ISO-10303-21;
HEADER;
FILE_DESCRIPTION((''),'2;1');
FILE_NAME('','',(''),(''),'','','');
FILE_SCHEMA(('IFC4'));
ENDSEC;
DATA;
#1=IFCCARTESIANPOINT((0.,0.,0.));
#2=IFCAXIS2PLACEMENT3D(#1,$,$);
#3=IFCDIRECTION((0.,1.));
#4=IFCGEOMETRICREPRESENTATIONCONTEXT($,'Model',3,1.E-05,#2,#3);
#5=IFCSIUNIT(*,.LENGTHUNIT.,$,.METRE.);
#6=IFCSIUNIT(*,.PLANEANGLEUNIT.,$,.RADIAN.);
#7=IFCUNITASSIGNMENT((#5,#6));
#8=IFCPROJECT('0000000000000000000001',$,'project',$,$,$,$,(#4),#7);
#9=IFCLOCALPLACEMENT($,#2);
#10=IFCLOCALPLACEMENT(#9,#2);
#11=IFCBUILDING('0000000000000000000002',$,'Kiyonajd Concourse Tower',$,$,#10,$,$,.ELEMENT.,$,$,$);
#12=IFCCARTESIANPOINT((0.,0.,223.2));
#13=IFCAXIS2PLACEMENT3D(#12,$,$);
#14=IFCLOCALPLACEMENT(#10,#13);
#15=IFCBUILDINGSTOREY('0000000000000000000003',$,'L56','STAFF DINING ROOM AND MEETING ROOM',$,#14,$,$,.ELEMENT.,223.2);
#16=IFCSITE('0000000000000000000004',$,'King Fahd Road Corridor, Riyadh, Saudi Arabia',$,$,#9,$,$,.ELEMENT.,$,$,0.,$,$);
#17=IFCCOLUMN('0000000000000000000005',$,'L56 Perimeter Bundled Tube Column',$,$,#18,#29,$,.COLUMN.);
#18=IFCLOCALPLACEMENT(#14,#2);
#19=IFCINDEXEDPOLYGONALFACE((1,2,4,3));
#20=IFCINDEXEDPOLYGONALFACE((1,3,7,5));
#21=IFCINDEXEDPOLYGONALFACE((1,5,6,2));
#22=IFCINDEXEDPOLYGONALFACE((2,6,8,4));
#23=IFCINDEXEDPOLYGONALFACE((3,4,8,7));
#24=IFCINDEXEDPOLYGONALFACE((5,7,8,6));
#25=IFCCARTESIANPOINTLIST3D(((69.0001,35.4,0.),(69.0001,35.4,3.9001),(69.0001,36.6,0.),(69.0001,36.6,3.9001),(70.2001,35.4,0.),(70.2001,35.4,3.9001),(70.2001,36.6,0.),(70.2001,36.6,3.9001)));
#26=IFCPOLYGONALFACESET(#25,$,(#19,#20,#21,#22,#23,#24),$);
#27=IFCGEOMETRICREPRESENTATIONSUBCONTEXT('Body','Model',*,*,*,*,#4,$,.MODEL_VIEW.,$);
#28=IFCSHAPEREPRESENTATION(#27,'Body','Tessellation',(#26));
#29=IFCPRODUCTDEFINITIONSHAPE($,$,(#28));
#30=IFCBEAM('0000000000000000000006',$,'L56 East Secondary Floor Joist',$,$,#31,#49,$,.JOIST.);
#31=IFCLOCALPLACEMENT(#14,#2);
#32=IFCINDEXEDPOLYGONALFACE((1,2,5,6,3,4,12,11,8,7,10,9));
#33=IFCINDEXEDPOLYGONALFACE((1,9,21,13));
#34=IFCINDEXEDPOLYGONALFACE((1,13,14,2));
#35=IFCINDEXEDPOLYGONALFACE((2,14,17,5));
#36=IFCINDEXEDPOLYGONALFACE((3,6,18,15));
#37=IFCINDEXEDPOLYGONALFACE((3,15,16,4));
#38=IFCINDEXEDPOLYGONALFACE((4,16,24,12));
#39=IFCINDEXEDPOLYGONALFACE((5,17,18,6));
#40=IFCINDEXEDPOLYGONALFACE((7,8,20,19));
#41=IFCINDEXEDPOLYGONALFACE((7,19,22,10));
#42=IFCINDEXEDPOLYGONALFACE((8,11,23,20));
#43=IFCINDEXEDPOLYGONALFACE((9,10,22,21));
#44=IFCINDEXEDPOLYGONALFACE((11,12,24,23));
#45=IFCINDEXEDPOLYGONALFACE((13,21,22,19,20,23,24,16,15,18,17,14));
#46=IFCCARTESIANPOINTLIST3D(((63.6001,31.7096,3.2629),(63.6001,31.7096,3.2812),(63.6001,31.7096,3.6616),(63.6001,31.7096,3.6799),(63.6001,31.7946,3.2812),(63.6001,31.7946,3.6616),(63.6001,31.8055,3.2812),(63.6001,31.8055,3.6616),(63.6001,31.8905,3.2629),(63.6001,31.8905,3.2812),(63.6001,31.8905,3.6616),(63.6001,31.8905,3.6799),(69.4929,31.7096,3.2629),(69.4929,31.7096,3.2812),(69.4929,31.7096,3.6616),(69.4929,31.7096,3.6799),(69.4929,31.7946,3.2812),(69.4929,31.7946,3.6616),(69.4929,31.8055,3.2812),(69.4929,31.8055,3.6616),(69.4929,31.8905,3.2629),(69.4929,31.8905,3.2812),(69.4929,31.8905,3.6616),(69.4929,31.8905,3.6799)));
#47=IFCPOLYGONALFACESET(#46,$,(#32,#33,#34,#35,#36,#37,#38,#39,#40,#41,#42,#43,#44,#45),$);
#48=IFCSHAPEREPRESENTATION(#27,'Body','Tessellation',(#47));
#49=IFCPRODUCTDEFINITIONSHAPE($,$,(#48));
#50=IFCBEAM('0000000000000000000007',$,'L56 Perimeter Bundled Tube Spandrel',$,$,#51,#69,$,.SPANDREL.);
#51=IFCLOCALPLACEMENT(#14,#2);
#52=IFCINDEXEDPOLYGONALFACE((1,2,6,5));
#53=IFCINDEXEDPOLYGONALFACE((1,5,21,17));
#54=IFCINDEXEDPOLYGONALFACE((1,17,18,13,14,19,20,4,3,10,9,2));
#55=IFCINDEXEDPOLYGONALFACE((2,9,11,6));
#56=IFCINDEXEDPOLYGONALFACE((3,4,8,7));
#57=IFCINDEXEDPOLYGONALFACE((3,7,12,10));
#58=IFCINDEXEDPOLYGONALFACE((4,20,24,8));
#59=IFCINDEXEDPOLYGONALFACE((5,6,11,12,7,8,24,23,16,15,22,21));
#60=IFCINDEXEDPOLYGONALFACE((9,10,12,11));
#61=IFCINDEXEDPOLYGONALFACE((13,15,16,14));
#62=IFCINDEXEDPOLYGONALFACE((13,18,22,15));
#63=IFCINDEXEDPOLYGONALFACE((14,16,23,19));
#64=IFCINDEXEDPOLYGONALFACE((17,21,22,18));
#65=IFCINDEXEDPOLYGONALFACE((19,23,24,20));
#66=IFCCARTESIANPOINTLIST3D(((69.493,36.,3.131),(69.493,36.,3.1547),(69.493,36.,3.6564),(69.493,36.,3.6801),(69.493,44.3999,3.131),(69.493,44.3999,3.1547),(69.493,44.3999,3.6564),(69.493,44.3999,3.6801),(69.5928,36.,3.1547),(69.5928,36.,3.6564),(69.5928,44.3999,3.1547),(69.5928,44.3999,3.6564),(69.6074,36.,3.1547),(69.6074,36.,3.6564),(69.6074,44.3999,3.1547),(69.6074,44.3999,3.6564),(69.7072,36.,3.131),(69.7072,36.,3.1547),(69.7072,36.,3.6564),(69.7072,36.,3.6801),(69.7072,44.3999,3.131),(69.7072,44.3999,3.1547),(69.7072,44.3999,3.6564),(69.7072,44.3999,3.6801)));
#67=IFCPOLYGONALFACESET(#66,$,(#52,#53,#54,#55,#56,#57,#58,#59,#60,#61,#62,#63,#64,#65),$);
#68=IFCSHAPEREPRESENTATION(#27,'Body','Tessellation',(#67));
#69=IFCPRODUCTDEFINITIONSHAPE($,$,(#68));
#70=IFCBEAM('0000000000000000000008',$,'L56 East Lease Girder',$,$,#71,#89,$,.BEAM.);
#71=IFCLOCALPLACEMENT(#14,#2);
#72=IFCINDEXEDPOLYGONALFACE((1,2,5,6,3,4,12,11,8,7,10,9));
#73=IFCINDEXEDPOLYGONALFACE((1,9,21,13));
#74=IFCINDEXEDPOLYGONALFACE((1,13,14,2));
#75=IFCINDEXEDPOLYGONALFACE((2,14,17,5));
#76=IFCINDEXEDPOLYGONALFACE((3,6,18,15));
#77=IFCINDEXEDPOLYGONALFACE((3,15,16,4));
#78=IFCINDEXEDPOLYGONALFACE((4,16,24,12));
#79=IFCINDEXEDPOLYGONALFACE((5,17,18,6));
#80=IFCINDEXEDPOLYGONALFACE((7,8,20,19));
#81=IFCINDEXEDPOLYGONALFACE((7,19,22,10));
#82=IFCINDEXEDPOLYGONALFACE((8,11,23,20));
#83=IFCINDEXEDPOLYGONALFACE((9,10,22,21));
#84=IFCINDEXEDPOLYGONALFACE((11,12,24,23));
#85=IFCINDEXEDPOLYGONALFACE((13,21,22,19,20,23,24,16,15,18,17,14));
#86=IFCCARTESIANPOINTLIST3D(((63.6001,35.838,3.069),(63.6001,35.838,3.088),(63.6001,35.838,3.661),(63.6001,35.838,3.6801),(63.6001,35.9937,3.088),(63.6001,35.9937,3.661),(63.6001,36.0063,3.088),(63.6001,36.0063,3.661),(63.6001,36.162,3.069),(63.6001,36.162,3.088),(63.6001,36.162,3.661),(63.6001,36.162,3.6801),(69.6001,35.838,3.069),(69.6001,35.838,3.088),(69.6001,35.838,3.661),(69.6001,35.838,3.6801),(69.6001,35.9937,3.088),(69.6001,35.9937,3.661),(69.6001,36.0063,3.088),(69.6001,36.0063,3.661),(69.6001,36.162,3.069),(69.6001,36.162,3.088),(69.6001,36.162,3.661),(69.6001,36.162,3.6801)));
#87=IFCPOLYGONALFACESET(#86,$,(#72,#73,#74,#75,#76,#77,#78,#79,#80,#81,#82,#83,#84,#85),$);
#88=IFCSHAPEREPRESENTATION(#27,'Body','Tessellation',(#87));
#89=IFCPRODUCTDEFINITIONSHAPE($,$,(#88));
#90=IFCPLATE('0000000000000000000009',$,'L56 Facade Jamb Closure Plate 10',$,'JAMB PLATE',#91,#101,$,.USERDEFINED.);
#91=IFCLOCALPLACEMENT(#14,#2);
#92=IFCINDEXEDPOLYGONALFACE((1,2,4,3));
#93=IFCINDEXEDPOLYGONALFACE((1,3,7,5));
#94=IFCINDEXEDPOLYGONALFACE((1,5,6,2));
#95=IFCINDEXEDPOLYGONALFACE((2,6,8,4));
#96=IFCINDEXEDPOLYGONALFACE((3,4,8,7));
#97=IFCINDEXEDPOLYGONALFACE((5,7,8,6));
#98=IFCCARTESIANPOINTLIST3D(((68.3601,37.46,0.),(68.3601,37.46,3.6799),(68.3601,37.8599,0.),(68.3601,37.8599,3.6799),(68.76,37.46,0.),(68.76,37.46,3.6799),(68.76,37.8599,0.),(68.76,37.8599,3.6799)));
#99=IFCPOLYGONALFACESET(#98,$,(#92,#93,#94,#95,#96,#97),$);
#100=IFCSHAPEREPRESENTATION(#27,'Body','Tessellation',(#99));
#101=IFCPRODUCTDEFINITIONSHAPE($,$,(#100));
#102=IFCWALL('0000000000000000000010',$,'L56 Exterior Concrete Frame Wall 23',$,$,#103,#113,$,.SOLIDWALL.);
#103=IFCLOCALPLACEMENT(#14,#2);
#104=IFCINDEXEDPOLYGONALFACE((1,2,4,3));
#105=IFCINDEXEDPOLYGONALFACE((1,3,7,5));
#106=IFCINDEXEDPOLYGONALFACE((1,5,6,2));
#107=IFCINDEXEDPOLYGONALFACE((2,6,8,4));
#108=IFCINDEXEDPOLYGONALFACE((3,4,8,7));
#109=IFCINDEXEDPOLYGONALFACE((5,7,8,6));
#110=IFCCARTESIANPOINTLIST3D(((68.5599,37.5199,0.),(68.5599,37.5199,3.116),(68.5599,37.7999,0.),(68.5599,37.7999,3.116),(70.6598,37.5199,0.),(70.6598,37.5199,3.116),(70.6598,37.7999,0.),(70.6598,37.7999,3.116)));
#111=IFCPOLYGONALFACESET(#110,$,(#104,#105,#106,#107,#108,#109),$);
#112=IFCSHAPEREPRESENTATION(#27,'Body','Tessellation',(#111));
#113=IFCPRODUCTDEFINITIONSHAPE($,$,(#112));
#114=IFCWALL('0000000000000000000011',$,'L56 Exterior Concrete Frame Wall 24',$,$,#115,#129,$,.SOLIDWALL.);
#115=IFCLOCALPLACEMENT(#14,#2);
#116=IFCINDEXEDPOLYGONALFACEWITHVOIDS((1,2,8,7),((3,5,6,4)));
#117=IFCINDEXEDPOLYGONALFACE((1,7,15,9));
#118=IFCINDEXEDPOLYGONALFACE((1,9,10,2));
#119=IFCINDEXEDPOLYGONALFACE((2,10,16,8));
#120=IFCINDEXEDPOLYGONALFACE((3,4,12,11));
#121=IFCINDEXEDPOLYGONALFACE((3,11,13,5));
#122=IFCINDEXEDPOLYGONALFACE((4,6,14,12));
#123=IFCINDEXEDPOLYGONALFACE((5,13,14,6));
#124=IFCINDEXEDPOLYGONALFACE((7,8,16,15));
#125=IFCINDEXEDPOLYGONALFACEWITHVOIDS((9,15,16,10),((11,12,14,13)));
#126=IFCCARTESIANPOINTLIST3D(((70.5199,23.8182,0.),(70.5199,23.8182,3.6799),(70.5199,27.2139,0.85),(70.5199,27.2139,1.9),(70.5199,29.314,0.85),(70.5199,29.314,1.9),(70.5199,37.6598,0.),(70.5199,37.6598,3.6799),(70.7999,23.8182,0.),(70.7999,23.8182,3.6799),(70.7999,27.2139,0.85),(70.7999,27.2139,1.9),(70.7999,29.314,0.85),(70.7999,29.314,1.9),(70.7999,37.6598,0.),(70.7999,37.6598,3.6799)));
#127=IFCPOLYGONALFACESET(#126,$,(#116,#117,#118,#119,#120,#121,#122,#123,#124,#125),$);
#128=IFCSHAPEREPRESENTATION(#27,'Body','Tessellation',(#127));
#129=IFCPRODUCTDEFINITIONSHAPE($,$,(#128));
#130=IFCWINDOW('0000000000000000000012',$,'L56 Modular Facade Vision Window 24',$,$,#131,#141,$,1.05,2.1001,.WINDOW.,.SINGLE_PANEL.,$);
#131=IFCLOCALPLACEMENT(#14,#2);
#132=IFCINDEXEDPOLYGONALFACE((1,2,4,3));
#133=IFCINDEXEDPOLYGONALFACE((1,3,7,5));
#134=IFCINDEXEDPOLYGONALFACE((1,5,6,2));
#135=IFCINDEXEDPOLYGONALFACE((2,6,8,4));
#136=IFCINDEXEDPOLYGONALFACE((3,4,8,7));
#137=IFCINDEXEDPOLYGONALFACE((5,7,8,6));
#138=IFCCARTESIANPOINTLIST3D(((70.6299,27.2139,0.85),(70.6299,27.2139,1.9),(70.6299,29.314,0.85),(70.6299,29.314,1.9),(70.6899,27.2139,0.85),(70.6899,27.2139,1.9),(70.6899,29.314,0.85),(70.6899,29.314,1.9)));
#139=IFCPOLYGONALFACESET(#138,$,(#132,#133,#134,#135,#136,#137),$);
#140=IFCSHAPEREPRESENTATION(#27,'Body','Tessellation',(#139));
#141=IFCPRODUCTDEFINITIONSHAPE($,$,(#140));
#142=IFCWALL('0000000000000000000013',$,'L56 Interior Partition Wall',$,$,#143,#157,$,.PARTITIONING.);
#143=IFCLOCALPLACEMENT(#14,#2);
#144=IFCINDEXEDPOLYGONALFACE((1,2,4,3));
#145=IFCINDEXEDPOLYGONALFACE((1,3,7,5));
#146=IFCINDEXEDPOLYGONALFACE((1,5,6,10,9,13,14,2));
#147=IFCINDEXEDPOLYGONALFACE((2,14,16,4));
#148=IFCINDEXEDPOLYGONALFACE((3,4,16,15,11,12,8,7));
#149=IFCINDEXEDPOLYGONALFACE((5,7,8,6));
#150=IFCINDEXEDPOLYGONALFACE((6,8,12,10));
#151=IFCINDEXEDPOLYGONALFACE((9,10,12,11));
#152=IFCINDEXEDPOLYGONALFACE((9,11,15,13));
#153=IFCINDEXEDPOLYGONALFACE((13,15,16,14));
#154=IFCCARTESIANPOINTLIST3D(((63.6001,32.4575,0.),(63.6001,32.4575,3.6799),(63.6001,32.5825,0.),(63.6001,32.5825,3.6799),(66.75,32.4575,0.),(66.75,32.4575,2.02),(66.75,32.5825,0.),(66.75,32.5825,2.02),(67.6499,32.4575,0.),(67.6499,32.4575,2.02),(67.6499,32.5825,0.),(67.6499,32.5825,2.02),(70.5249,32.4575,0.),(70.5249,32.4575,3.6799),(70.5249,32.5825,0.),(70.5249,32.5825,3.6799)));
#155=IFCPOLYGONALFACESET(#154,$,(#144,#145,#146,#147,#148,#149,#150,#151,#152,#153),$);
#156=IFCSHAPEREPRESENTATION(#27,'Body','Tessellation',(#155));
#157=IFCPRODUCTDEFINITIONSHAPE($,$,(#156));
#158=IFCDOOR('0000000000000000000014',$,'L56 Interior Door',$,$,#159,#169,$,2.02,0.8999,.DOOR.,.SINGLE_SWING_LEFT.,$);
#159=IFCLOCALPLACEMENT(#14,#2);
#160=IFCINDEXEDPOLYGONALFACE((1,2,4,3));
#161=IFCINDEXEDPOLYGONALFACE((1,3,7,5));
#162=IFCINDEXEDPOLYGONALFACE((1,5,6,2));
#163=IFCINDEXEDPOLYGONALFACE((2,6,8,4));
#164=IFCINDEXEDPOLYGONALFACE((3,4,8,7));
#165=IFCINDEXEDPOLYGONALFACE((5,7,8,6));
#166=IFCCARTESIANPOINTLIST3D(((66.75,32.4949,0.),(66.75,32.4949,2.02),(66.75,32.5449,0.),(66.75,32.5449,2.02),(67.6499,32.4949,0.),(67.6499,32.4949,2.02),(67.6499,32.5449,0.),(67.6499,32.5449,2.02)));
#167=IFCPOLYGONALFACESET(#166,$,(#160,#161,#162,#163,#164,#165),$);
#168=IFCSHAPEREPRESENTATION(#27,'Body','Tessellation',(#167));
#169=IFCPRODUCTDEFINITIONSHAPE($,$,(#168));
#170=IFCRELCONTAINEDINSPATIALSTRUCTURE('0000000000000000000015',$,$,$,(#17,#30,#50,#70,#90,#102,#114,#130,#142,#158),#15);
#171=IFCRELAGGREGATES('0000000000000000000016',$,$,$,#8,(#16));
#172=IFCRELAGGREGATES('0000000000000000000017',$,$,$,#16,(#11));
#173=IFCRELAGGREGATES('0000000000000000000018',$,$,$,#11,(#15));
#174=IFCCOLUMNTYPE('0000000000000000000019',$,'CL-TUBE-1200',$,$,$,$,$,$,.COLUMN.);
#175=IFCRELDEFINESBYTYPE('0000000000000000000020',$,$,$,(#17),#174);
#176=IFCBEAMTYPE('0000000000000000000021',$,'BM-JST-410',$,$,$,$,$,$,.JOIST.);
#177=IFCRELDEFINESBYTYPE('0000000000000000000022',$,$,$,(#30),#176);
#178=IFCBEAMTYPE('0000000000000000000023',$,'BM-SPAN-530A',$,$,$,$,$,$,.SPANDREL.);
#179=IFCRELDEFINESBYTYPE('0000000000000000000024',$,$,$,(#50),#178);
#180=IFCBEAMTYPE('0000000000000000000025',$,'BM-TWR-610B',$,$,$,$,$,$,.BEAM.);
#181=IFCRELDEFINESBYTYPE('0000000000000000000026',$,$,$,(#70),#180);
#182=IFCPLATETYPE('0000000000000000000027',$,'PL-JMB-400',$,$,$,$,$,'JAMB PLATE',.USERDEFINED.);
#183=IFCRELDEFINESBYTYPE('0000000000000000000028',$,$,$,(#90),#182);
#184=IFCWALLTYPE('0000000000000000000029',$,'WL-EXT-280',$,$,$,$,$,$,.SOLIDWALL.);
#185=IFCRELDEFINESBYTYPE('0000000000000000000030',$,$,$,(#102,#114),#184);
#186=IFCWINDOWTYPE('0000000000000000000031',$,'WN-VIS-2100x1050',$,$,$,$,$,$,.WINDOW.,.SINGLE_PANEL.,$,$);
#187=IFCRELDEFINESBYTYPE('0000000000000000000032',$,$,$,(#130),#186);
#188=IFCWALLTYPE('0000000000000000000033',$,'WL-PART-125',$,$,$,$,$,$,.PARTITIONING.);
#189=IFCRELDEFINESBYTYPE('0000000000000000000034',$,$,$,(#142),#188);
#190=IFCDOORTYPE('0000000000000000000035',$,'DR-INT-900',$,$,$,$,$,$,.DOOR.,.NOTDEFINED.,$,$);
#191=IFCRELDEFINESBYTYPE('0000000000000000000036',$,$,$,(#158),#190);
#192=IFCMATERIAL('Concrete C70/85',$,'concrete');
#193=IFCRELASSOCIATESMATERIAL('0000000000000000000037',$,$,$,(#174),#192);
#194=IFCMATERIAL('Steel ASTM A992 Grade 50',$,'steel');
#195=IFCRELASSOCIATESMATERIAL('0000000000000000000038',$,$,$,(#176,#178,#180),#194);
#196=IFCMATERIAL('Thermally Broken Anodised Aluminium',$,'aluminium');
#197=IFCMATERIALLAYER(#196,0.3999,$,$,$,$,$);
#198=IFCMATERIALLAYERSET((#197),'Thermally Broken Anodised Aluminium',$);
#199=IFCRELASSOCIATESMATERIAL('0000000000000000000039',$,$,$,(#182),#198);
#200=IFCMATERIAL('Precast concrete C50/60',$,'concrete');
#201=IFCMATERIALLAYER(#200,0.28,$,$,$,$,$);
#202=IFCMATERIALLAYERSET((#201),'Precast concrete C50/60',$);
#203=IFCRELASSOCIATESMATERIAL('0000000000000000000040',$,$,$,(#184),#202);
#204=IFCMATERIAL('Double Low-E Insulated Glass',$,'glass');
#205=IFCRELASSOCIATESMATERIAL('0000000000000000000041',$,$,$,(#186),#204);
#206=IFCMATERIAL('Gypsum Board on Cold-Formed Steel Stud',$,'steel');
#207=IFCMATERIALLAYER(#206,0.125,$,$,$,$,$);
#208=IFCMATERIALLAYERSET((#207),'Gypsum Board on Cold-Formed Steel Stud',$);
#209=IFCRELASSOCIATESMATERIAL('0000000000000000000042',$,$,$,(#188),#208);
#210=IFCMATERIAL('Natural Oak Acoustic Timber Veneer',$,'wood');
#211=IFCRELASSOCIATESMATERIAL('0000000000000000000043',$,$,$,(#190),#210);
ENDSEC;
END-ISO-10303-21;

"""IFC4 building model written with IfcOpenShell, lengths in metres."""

from ifc_helpers import new_model, si_unit, direction, frame, frame_2d, origin, origin_2d, place, context, subcontext, project, spatial, rectangle, i_section, extrude, material, layer, layer_set, material_profile, profile_set, type_object, element, fill, save


model = new_model("IFC4")

# Units and contexts
model_context = context("Model", 3, precision=1e-05, world=origin(), true_north=direction((0.0, 1.0)))
body_context = subcontext(model_context, "Body", "Model", "MODEL_VIEW")
ifc_project = project(units=[si_unit("LENGTHUNIT", "METRE"), si_unit("PLANEANGLEUNIT", "RADIAN")], contexts=[model_context])

# Site, building, storey
site_placement = place(None, origin())
site = spatial("IfcSite", under=ifc_project, at=site_placement, Name="King Fahd Road Corridor, Riyadh, Saudi Arabia", CompositionType="ELEMENT", RefElevation=0.0)
building_placement = place(site_placement, origin())
building = spatial("IfcBuilding", under=site, at=building_placement, Name="Kiyonajd Concourse Tower", CompositionType="ELEMENT")
storey_placement = place(building_placement, frame((0.0, 0.0, 223.2)))
storey = spatial("IfcBuildingStorey", under=building, at=storey_placement, Name="L56", Description="STAFF DINING ROOM AND MEETING ROOM", CompositionType="ELEMENT", Elevation=223.2)

# Column
ifc_material_1 = material(Name="Concrete C70/85", Category="concrete")
ifc_material_profile_1 = material_profile(ifc_material_1, rectangle(XDim=1.2, YDim=1.2, at=origin_2d()), Name="RC-1200x1200")
ifc_profile_set_1 = profile_set([ifc_material_profile_1], Name="Concrete C70/85")
column_type = type_object("IfcColumnType", Name="CL-TUBE-1200", PredefinedType="COLUMN", material=ifc_profile_set_1)
column_placement = place(storey_placement, frame((69.6001, 36.0, 0.0), z_axis=(0.0, 0.0, 1.0), x_axis=(1.0, 0.0, 0.0)))
element("IfcColumn", 1, at=column_placement, inside=storey, type_object=column_type, Name="L56 Perimeter Bundled Tube Column", PredefinedType="COLUMN", context=body_context, shape_type="SweptSolid", body=[
    extrude(rectangle(XDim=1.2, YDim=1.2, at=origin_2d()), origin(), (0.0, 0.0, 1.0), 3.9001),
])

# Beams
ifc_material_2 = material(Name="Steel ASTM A992 Grade 50", Category="steel")
ifc_material_profile_2 = material_profile(ifc_material_2, i_section(OverallWidth=0.1809, OverallDepth=0.417, WebThickness=0.011, FlangeThickness=0.0183, at=origin_2d()), Name="W410X85")
ifc_profile_set_2 = profile_set([ifc_material_profile_2], Name="Steel ASTM A992 Grade 50")
beam_type_1 = type_object("IfcBeamType", Name="BM-JST-410", PredefinedType="JOIST", material=ifc_profile_set_2)
beam_1_placement = place(storey_placement, frame((63.6001, 31.8, 3.4714), z_axis=(1.0, 0.0, 0.0), x_axis=(0.0, 1.0, 0.0)))
element("IfcBeam", 2, at=beam_1_placement, inside=storey, type_object=beam_type_1, Name="L56 East Secondary Floor Joist", PredefinedType="JOIST", context=body_context, shape_type="SweptSolid", body=[
    extrude(i_section(OverallWidth=0.1809, OverallDepth=0.417, WebThickness=0.011, FlangeThickness=0.0183, at=origin_2d()), origin(), (0.0, 0.0, 1.0), 5.8928),
])
ifc_material_profile_3 = material_profile(ifc_material_2, i_section(OverallWidth=0.2141, OverallDepth=0.5491, WebThickness=0.0146, FlangeThickness=0.0237, at=origin_2d()), Name="W530X138")
ifc_profile_set_3 = profile_set([ifc_material_profile_3], Name="Steel ASTM A992 Grade 50")
beam_type_2 = type_object("IfcBeamType", Name="BM-SPAN-530A", PredefinedType="SPANDREL", material=ifc_profile_set_3)
beam_2_placement = place(storey_placement, frame((69.6001, 36.0, 3.4055), z_axis=(0.0, 1.0, 0.0), x_axis=(-1.0, 0.0, 0.0)))
element("IfcBeam", 3, at=beam_2_placement, inside=storey, type_object=beam_type_2, Name="L56 Perimeter Bundled Tube Spandrel", PredefinedType="SPANDREL", context=body_context, shape_type="SweptSolid", body=[
    extrude(i_section(OverallWidth=0.2141, OverallDepth=0.5491, WebThickness=0.0146, FlangeThickness=0.0237, at=origin_2d()), origin(), (0.0, 0.0, 1.0), 8.3999),
])
ifc_material_profile_4 = material_profile(ifc_material_2, i_section(OverallWidth=0.324, OverallDepth=0.6111, WebThickness=0.0127, FlangeThickness=0.019, at=origin_2d()), Name="W610X155")
ifc_profile_set_4 = profile_set([ifc_material_profile_4], Name="Steel ASTM A992 Grade 50")
beam_type_3 = type_object("IfcBeamType", Name="BM-TWR-610B", PredefinedType="BEAM", material=ifc_profile_set_4)
beam_3_placement = place(storey_placement, frame((63.6001, 36.0, 3.3745), z_axis=(1.0, 0.0, 0.0), x_axis=(0.0, 1.0, 0.0)))
element("IfcBeam", 4, at=beam_3_placement, inside=storey, type_object=beam_type_3, Name="L56 East Lease Girder", PredefinedType="BEAM", context=body_context, shape_type="SweptSolid", body=[
    extrude(i_section(OverallWidth=0.324, OverallDepth=0.6111, WebThickness=0.0127, FlangeThickness=0.019, at=origin_2d()), origin(), (0.0, 0.0, 1.0), 6.0),
])

# Plate
ifc_material_3 = material(Name="Thermally Broken Anodised Aluminium", Category="aluminium")
ifc_layer_1 = layer(ifc_material_3, 0.3999)
ifc_layer_set_1 = layer_set([ifc_layer_1], Name="Thermally Broken Anodised Aluminium")
plate_type = type_object("IfcPlateType", Name="PL-JMB-400", ElementType="JAMB PLATE", PredefinedType="USERDEFINED", material=ifc_layer_set_1)
plate_placement = place(storey_placement, frame((68.5601, 37.6599, 0.0), z_axis=(0.0, 0.0, 1.0), x_axis=(1.0, 0.0, 0.0)))
element("IfcPlate", 5, at=plate_placement, inside=storey, type_object=plate_type, Name="L56 Facade Jamb Closure Plate 10", ObjectType="JAMB PLATE", PredefinedType="USERDEFINED", context=body_context, shape_type="SweptSolid", body=[
    extrude(rectangle(XDim=0.3999, YDim=0.3999, at=origin_2d()), origin(), (0.0, 0.0, 1.0), 3.6799),
])

# Wall
ifc_material_4 = material(Name="Precast concrete C50/60", Category="concrete")
ifc_layer_2 = layer(ifc_material_4, 0.28)
ifc_layer_set_2 = layer_set([ifc_layer_2], Name="Precast concrete C50/60")
wall_type_1 = type_object("IfcWallType", Name="WL-EXT-280", PredefinedType="SOLIDWALL", material=ifc_layer_set_2)
wall_1_placement = place(storey_placement, frame((68.5601, 37.6599, 0.0), z_axis=(0.0, 0.0, 1.0), x_axis=(1.0, 0.0, 0.0)))
element("IfcWall", 6, at=wall_1_placement, inside=storey, type_object=wall_type_1, Name="L56 Exterior Concrete Frame Wall 23", PredefinedType="SOLIDWALL", context=body_context, shape_type="SweptSolid", body=[
    extrude(rectangle(XDim=2.0999, YDim=0.28, at=frame_2d((1.0498, 0.0))), origin(), (0.0, 0.0, 1.0), 3.116),
])

# Wall, opening, window
wall_2_placement = place(storey_placement, frame((70.6599, 37.6599, 0.0), z_axis=(0.0, 0.0, 1.0), x_axis=(0.0, -1.0, 0.0)))
wall_2 = element("IfcWall", 7, at=wall_2_placement, inside=storey, type_object=wall_type_1, Name="L56 Exterior Concrete Frame Wall 24", PredefinedType="SOLIDWALL", context=body_context, shape_type="SweptSolid", body=[
    extrude(rectangle(XDim=13.8416, YDim=0.28, at=frame_2d((6.9209, 0.0))), origin(), (0.0, 0.0, 1.0), 3.6799),
])
opening_1_placement = place(wall_2_placement, frame((8.3459, 0.0, 0.8501)))
opening_1 = element("IfcOpeningElement", 8, at=opening_1_placement, cuts=wall_2, PredefinedType="OPENING", context=body_context, shape_type="SweptSolid", body=[
    extrude(rectangle(XDim=2.1001, YDim=1.05, at=frame_2d((1.05, 0.5249))), frame((0.0, 0.1499, 0.0), z_axis=(0.0, -1.0, 0.0), x_axis=(1.0, 0.0, 0.0)), (0.0, 0.0, 1.0), 0.3),
])
ifc_material_5 = material(Name="Double Low-E Insulated Glass", Category="glass")
window_type = type_object("IfcWindowType", Name="WN-VIS-2100x1050", PartitioningType="SINGLE_PANEL", PredefinedType="WINDOW", material=ifc_material_5)
window_placement = place(opening_1_placement, origin())
window = element("IfcWindow", 9, at=window_placement, inside=storey, type_object=window_type, Name="L56 Modular Facade Vision Window 24", OverallHeight=1.05, OverallWidth=2.1001, PartitioningType="SINGLE_PANEL", PredefinedType="WINDOW", context=body_context, shape_type="SweptSolid", body=[
    extrude(rectangle(XDim=2.1001, YDim=1.05, at=frame_2d((1.05, 0.5249))), frame((0.0, 0.03, 0.0), z_axis=(0.0, -1.0, 0.0), x_axis=(1.0, 0.0, 0.0)), (0.0, 0.0, 1.0), 0.0601),
])
fill(opening_1, window)

# Wall, opening, door
ifc_material_6 = material(Name="Gypsum Board on Cold-Formed Steel Stud", Category="steel")
ifc_layer_3 = layer(ifc_material_6, 0.125)
ifc_layer_set_3 = layer_set([ifc_layer_3], Name="Gypsum Board on Cold-Formed Steel Stud")
wall_type_2 = type_object("IfcWallType", Name="WL-PART-125", PredefinedType="PARTITIONING", material=ifc_layer_set_3)
wall_3_placement = place(storey_placement, frame((63.6001, 32.52, 0.0), z_axis=(0.0, 0.0, 1.0), x_axis=(1.0, 0.0, 0.0)))
wall_3 = element("IfcWall", 10, at=wall_3_placement, inside=storey, type_object=wall_type_2, Name="L56 Interior Partition Wall", PredefinedType="PARTITIONING", context=body_context, shape_type="SweptSolid", body=[
    extrude(rectangle(XDim=6.9248, YDim=0.125, at=frame_2d((3.4624, 0.0))), origin(), (0.0, 0.0, 1.0), 3.6799),
])
opening_2_placement = place(wall_3_placement, frame((3.1499, 0.0, 0.0)))
opening_2 = element("IfcOpeningElement", 11, at=opening_2_placement, cuts=wall_3, PredefinedType="OPENING", context=body_context, shape_type="SweptSolid", body=[
    extrude(rectangle(XDim=0.8999, YDim=2.02, at=frame_2d((0.45, 1.01))), frame((0.0, 0.0725, 0.0), z_axis=(0.0, -1.0, 0.0), x_axis=(1.0, 0.0, 0.0)), (0.0, 0.0, 1.0), 0.145),
])
ifc_material_7 = material(Name="Natural Oak Acoustic Timber Veneer", Category="wood")
door_type_1 = type_object("IfcDoorType", Name="DR-INT-900", OperationType="NOTDEFINED", PredefinedType="DOOR", material=ifc_material_7)
door_1_placement = place(opening_2_placement, origin())
door_1 = element("IfcDoor", 12, at=door_1_placement, inside=storey, type_object=door_type_1, Name="L56 Interior Door", OperationType="SINGLE_SWING_LEFT", OverallHeight=2.02, OverallWidth=0.8999, PredefinedType="DOOR", context=body_context, shape_type="SweptSolid", body=[
    extrude(rectangle(XDim=0.8999, YDim=2.02, at=frame_2d((0.45, 1.01))), frame((0.0, 0.0249, 0.0), z_axis=(0.0, -1.0, 0.0), x_axis=(1.0, 0.0, 0.0)), (0.0, 0.0, 1.0), 0.05),
])
fill(opening_2, door_1)

save(model, "model.ifc")
